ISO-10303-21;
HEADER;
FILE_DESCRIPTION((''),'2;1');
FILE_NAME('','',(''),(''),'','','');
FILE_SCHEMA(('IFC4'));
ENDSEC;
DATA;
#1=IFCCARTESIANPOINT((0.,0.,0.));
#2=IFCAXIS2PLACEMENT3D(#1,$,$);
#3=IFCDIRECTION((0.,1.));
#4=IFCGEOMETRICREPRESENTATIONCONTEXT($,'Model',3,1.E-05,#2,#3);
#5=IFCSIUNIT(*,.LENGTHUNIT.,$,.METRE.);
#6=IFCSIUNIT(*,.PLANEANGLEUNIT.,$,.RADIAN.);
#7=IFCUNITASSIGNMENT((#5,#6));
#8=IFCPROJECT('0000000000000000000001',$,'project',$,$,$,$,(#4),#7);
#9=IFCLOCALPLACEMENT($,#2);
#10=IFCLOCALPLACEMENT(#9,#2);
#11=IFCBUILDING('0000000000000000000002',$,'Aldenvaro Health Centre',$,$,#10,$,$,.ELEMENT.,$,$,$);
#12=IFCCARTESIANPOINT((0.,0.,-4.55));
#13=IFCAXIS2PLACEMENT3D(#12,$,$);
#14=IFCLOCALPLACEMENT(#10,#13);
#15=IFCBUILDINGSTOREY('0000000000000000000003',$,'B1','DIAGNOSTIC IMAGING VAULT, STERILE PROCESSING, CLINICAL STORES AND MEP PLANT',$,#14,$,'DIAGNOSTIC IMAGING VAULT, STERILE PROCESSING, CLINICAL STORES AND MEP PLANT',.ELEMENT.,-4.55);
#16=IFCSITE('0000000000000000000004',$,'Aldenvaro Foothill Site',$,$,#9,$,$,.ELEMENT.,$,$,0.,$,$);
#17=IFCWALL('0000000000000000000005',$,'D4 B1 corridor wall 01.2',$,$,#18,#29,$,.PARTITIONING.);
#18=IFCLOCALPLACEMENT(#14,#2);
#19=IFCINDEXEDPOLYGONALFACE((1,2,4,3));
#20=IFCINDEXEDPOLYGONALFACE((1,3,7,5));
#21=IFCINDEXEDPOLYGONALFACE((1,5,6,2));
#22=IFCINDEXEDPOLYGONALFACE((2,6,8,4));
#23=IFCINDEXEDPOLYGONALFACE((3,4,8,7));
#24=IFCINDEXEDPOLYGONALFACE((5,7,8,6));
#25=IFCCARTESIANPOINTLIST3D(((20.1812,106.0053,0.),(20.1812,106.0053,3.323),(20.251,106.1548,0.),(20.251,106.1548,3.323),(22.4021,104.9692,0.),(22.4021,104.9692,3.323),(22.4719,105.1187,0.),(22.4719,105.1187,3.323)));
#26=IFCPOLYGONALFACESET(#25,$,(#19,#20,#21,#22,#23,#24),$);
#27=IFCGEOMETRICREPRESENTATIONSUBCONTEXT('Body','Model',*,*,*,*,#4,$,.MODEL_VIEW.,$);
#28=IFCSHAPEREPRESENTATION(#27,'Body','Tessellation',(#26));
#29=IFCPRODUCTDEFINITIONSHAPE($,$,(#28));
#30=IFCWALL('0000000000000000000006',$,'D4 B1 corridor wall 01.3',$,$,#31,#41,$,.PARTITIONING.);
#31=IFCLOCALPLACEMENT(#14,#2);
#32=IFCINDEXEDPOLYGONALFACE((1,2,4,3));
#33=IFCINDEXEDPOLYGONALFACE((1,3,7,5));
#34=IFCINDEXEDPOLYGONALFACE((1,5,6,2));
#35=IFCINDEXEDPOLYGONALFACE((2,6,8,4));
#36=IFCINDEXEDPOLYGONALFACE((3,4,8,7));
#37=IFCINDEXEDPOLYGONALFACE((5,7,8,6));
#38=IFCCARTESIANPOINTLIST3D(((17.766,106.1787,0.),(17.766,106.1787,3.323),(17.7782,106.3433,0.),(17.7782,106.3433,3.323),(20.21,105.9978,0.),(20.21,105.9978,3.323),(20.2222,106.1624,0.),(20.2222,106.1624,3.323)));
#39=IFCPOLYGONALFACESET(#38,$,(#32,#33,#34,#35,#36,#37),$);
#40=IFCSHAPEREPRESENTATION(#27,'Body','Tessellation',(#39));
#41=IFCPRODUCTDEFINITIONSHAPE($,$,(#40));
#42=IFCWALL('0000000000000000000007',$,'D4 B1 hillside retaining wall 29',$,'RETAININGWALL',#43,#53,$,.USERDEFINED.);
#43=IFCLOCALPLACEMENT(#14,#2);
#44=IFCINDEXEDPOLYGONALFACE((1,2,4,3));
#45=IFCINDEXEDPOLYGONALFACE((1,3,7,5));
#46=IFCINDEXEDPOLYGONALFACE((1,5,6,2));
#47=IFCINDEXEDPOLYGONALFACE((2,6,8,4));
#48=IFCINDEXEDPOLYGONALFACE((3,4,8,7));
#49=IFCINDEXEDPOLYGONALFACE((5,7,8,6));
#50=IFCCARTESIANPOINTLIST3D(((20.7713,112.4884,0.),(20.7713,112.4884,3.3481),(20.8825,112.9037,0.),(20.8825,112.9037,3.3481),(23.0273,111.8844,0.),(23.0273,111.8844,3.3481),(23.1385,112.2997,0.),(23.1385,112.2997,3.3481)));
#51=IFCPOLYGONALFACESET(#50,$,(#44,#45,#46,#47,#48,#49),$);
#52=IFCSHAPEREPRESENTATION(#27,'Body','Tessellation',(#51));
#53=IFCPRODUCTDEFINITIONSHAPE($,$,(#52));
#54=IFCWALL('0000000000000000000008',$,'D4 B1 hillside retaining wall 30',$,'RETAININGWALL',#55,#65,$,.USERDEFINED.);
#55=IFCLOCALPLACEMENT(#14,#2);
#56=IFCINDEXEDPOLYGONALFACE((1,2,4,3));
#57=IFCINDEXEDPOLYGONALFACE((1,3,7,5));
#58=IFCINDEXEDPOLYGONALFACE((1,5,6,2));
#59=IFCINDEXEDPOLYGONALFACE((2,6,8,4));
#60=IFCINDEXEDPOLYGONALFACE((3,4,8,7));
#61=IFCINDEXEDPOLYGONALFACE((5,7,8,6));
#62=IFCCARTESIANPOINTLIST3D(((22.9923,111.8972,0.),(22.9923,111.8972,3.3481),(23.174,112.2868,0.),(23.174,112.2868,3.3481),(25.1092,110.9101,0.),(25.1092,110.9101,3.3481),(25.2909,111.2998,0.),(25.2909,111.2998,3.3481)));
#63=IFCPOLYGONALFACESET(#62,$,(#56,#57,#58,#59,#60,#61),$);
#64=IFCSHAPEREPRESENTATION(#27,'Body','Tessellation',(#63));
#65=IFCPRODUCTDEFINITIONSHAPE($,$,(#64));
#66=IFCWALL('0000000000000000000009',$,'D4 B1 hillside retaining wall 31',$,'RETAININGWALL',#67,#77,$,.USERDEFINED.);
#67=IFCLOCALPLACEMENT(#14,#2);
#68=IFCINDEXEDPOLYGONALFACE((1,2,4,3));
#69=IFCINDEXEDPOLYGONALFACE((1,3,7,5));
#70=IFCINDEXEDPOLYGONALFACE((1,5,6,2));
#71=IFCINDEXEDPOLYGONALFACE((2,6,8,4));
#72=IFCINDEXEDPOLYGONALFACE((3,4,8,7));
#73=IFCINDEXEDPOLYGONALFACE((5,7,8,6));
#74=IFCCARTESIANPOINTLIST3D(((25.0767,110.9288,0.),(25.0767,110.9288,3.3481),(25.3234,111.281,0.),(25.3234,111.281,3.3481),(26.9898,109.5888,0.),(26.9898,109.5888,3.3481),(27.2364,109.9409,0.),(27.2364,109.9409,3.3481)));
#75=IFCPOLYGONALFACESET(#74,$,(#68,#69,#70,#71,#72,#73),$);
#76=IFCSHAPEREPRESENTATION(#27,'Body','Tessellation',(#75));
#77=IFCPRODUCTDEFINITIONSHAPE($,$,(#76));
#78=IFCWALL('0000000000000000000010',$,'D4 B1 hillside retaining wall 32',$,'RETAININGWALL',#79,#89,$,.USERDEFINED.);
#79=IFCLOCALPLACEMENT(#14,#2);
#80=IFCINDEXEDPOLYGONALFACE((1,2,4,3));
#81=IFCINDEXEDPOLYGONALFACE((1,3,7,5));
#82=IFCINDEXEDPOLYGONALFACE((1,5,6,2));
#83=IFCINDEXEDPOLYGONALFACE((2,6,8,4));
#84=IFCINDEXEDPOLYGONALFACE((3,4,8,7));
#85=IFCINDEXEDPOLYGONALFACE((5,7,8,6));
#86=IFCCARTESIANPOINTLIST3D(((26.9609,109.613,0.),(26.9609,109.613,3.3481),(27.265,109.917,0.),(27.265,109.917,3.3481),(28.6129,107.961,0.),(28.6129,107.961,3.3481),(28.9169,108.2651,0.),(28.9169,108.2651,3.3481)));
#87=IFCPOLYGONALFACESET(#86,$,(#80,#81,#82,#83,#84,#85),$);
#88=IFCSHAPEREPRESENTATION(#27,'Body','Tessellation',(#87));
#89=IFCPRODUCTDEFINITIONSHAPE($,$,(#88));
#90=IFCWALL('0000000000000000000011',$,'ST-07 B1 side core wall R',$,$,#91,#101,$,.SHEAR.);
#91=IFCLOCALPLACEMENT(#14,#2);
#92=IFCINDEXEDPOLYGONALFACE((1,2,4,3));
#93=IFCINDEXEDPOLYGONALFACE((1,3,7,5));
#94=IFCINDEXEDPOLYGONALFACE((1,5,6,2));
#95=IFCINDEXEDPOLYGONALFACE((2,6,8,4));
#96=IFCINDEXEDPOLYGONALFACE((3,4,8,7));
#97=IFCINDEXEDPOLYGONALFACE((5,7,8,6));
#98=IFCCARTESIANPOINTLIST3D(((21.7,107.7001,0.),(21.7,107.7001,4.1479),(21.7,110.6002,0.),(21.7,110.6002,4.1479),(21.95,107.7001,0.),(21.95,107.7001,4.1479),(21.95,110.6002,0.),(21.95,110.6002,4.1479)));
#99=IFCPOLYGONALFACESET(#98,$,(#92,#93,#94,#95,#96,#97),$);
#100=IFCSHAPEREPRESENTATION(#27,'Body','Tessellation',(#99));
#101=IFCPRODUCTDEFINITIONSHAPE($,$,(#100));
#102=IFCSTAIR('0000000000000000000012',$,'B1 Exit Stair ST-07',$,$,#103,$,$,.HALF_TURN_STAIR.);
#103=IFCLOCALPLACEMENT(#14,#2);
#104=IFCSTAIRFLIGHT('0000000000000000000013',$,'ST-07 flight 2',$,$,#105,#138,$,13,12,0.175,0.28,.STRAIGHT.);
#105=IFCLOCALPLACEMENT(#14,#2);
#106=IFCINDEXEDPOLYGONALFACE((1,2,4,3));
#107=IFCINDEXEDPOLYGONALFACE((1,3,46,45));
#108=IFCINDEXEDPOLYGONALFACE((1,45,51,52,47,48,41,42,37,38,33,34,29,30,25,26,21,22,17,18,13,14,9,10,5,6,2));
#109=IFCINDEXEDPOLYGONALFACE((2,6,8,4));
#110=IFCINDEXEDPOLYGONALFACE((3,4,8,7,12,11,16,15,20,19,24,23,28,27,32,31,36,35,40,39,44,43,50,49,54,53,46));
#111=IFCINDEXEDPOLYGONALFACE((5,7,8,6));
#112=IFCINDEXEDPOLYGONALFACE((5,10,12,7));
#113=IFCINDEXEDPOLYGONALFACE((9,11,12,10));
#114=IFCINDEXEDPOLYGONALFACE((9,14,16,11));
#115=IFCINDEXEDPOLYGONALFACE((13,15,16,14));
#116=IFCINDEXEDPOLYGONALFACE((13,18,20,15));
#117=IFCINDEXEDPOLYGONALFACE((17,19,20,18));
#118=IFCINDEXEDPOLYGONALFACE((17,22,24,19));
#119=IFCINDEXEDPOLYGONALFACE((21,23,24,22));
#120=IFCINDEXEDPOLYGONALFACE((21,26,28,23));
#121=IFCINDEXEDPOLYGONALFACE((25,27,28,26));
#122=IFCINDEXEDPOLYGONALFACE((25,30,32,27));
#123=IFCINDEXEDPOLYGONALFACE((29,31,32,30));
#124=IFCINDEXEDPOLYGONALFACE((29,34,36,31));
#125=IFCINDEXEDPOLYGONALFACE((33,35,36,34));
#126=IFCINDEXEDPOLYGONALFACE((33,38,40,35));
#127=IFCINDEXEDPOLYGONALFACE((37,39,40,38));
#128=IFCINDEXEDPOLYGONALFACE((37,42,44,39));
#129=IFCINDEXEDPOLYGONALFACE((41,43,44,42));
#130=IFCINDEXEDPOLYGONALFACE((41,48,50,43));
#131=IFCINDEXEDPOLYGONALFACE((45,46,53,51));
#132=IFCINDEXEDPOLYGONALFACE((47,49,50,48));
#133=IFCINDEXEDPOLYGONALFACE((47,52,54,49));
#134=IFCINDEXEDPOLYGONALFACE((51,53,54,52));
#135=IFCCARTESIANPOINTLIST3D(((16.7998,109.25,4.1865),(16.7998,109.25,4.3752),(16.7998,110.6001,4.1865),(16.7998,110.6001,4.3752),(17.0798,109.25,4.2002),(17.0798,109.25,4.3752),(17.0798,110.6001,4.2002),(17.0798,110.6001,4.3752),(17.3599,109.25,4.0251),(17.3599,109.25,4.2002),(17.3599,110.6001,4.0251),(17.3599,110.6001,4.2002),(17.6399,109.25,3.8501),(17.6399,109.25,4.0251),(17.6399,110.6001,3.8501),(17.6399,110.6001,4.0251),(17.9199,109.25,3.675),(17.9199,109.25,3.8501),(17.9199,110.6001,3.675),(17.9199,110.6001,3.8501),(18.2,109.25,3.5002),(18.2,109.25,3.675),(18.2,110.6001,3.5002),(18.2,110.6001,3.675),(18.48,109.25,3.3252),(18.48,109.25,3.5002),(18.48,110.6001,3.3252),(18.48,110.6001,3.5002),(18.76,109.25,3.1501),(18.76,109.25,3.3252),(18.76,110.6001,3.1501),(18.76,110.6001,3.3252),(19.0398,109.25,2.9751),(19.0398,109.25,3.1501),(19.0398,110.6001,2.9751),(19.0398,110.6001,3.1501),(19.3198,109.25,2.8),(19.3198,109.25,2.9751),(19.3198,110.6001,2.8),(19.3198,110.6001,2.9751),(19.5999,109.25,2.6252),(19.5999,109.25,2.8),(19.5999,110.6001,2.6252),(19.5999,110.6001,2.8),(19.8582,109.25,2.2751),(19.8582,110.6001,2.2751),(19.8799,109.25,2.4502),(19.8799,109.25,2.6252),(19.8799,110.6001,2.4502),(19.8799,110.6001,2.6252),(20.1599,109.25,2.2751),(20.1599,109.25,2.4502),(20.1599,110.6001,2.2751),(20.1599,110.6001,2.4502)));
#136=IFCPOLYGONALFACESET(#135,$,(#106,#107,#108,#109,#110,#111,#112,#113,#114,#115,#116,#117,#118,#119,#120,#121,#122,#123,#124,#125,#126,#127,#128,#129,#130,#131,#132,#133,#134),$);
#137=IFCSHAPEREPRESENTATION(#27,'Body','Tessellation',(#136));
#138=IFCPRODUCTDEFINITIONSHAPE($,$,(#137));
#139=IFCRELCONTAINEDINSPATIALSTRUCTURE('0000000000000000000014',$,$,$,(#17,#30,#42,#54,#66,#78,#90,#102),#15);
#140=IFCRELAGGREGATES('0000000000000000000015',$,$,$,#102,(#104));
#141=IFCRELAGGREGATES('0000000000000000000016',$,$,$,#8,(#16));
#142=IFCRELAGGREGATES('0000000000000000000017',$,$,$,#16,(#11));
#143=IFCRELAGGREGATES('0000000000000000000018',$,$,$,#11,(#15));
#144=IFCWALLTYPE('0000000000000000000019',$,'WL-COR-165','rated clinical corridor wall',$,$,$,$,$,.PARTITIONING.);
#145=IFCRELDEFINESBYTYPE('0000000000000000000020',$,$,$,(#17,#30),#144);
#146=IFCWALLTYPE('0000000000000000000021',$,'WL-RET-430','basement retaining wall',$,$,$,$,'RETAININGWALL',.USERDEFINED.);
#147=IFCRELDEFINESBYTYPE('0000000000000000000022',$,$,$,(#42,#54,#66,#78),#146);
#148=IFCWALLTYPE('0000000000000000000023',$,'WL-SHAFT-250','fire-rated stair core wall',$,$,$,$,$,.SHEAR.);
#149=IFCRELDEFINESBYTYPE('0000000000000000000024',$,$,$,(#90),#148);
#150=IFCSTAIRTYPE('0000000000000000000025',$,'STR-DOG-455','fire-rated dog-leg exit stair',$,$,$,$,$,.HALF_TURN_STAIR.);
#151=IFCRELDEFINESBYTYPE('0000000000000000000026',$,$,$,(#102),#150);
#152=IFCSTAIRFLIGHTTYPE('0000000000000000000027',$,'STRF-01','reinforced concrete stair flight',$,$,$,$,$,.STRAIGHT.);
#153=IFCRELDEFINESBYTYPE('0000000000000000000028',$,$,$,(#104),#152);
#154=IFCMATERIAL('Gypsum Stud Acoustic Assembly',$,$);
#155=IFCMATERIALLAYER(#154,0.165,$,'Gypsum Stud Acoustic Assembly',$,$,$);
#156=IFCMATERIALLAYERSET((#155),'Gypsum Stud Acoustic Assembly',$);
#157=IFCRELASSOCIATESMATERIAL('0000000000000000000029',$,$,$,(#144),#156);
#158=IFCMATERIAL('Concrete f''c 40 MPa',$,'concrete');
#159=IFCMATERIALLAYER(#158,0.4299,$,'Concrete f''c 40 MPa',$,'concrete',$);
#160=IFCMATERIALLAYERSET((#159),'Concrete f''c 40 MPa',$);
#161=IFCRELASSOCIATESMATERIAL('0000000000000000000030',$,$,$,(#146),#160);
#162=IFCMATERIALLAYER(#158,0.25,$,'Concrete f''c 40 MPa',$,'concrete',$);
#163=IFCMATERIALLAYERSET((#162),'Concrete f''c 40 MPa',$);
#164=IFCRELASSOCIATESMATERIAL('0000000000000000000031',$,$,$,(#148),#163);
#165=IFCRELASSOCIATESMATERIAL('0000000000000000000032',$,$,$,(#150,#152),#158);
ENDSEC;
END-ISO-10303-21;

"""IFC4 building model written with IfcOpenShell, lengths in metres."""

from ifc_helpers import new_model, si_unit, direction, frame, frame_2d, origin, place, context, subcontext, project, spatial, polyline, rectangle, outline, extrude, material, layer, layer_set, type_object, element, aggregate, save


model = new_model("IFC4")

# Units and contexts
model_context = context("Model", 3, precision=1e-05, world=origin(), true_north=direction((0.0, 1.0)))
body_context = subcontext(model_context, "Body", "Model", "MODEL_VIEW")
ifc_project = project(units=[si_unit("LENGTHUNIT", "METRE"), si_unit("PLANEANGLEUNIT", "RADIAN")], contexts=[model_context])

# Site, building, storey
site_placement = place(None, origin())
site = spatial("IfcSite", under=ifc_project, at=site_placement, Name="Aldenvaro Foothill Site", CompositionType="ELEMENT", RefElevation=0.0)
building_placement = place(site_placement, origin())
building = spatial("IfcBuilding", under=site, at=building_placement, Name="Aldenvaro Health Centre", CompositionType="ELEMENT")
storey_placement = place(building_placement, frame((0.0, 0.0, -4.55)))
storey = spatial("IfcBuildingStorey", under=building, at=storey_placement, Name="B1", Description="DIAGNOSTIC IMAGING VAULT, STERILE PROCESSING, CLINICAL STORES AND MEP PLANT", LongName="DIAGNOSTIC IMAGING VAULT, STERILE PROCESSING, CLINICAL STORES AND MEP PLANT", CompositionType="ELEMENT", Elevation=-4.55)

# Shared definitions
ifc_material_1 = material(Name="Concrete f'c 40 MPa", Category="concrete")

# Walls
ifc_material_2 = material(Name="Gypsum Stud Acoustic Assembly")
ifc_layer_1 = layer(ifc_material_2, 0.165, Name="Gypsum Stud Acoustic Assembly")
ifc_layer_set_1 = layer_set([ifc_layer_1], Name="Gypsum Stud Acoustic Assembly")
wall_type_1 = type_object("IfcWallType", Name="WL-COR-165", Description="rated clinical corridor wall", PredefinedType="PARTITIONING", material=ifc_layer_set_1)
for number, where, z_axis, x_axis, name in (
    (1, (22.437, 105.0439, 0.0), (0.0, 0.0, 1.0), (-0.906231, 0.422782, 0.0), "D4 B1 corridor wall 01.2"),
    (2, (20.2161, 106.0801, 0.0), (0.0, 0.0, 1.0), (-0.997272, 0.073817, 0.0), "D4 B1 corridor wall 01.3"),
):
    element("IfcWall", number, at=place(storey_placement, frame(where, z_axis=z_axis, x_axis=x_axis)), inside=storey, type_object=wall_type_1, Name=name, PredefinedType="PARTITIONING", context=body_context, shape_type="SweptSolid", body=[
        extrude(rectangle(XDim=2.4507, YDim=0.165, at=frame_2d((1.2253, 0.0))), origin(), (0.0, 0.0, 1.0), 3.323),
    ])
ifc_layer_2 = layer(ifc_material_1, 0.4299, Name="Concrete f'c 40 MPa", Category="concrete")
ifc_layer_set_2 = layer_set([ifc_layer_2], Name="Concrete f'c 40 MPa")
wall_type_2 = type_object("IfcWallType", Name="WL-RET-430", Description="basement retaining wall", ElementType="RETAININGWALL", PredefinedType="USERDEFINED", material=ifc_layer_set_2)
wall_1_placement = place(storey_placement, frame((20.8269, 112.696, 0.0), z_axis=(0.0, 0.0, 1.0), x_axis=(0.965981, -0.258612, 0.0)))
element("IfcWall", 3, at=wall_1_placement, inside=storey, type_object=wall_type_2, Name="D4 B1 hillside retaining wall 29", ObjectType="RETAININGWALL", PredefinedType="USERDEFINED", context=body_context, shape_type="SweptSolid", body=[
    extrude(rectangle(XDim=2.3354, YDim=0.4299, at=frame_2d((1.1677, 0.0))), origin(), (0.0, 0.0, 1.0), 3.3481),
])
for number, where, z_axis, x_axis, name in (
    (4, (23.083, 112.092, 0.0), (0.0, 0.0, 1.0), (0.906322, -0.422588, 0.0), "D4 B1 hillside retaining wall 30"),
    (5, (25.2, 111.105, 0.0), (0.0, 0.0, 1.0), (0.819045, -0.573729, 0.0), "D4 B1 hillside retaining wall 31"),
):
    element("IfcWall", number, at=place(storey_placement, frame(where, z_axis=z_axis, x_axis=x_axis)), inside=storey, type_object=wall_type_2, Name=name, ObjectType="RETAININGWALL", PredefinedType="USERDEFINED", context=body_context, shape_type="SweptSolid", body=[
        extrude(rectangle(XDim=2.3357, YDim=0.4299, at=frame_2d((1.168, 0.0))), origin(), (0.0, 0.0, 1.0), 3.3481),
    ])
wall_2_placement = place(storey_placement, frame((27.113, 109.7649, 0.0), z_axis=(0.0, 0.0, 1.0), x_axis=(0.707107, -0.707107, 0.0)))
element("IfcWall", 6, at=wall_2_placement, inside=storey, type_object=wall_type_2, Name="D4 B1 hillside retaining wall 32", ObjectType="RETAININGWALL", PredefinedType="USERDEFINED", context=body_context, shape_type="SweptSolid", body=[
    extrude(rectangle(XDim=2.3362, YDim=0.4299, at=frame_2d((1.168, 0.0))), origin(), (0.0, 0.0, 1.0), 3.3481),
])
ifc_layer_3 = layer(ifc_material_1, 0.25, Name="Concrete f'c 40 MPa", Category="concrete")
ifc_layer_set_3 = layer_set([ifc_layer_3], Name="Concrete f'c 40 MPa")
wall_type_3 = type_object("IfcWallType", Name="WL-SHAFT-250", Description="fire-rated stair core wall", PredefinedType="SHEAR", material=ifc_layer_set_3)
wall_3_placement = place(storey_placement, frame((21.825, 107.7, 0.0), z_axis=(0.0, 0.0, 1.0), x_axis=(0.0, 1.0, 0.0)))
element("IfcWall", 7, at=wall_3_placement, inside=storey, type_object=wall_type_3, Name="ST-07 B1 side core wall R", PredefinedType="SHEAR", context=body_context, shape_type="SweptSolid", body=[
    extrude(rectangle(XDim=2.9001, YDim=0.25, at=frame_2d((1.4502, 0.0))), origin(), (0.0, 0.0, 1.0), 4.1479),
])

# Stair, stair flight
stair_type = type_object("IfcStairType", Name="STR-DOG-455", Description="fire-rated dog-leg exit stair", PredefinedType="HALF_TURN_STAIR", material=ifc_material_1)
stair_placement = place(storey_placement, origin())
stair = element("IfcStair", 8, at=stair_placement, inside=storey, type_object=stair_type, Name="B1 Exit Stair ST-07", PredefinedType="HALF_TURN_STAIR")
stair_flight_type = type_object("IfcStairFlightType", Name="STRF-01", Description="reinforced concrete stair flight", PredefinedType="STRAIGHT", material=ifc_material_1)
stair_flight_placement = place(storey_placement, frame((20.1599, 109.925, 2.2751), z_axis=(0.0, 0.0, 1.0), x_axis=(-1.0, 0.0, 0.0)))
stair_flight = element("IfcStairFlight", 9, at=stair_flight_placement, type_object=stair_flight_type, Name="ST-07 flight 2", NumberOfRisers=13, NumberOfTreads=12, PredefinedType="STRAIGHT", RiserHeight=0.175, TreadLength=0.28, context=body_context, shape_type="SweptSolid", body=[
    extrude(outline(polyline([(0.0, 0.0), (0.0, 0.175), (0.28, 0.175), (0.28, 0.3501), (0.5601, 0.3501), (0.5601, 0.5249), (0.8401, 0.5249), (0.8401, 0.7), (1.1201, 0.7), (1.1201, 0.875), (1.3999, 0.875), (1.3999, 1.05), (1.6799, 1.05), (1.6799, 1.2251), (1.96, 1.2251), (1.96, 1.3999), (2.24, 1.3999), (2.24, 1.575), (2.52, 1.575), (2.52, 1.75), (2.8, 1.75), (2.8, 1.925), (3.0801, 1.925), (3.0801, 2.1001), (3.3601, 2.1001), (3.3601, 2.2749), (3.3601, 1.9114), (0.3018, 0.0), (0.0, 0.0)])), frame((0.0, 0.675, 0.0), z_axis=(0.0, -1.0, 0.0), x_axis=(1.0, 0.0, 0.0)), (0.0, 0.0, 1.0), 1.3501),
])
aggregate(stair, [stair_flight])

save(model, "model.ifc")
